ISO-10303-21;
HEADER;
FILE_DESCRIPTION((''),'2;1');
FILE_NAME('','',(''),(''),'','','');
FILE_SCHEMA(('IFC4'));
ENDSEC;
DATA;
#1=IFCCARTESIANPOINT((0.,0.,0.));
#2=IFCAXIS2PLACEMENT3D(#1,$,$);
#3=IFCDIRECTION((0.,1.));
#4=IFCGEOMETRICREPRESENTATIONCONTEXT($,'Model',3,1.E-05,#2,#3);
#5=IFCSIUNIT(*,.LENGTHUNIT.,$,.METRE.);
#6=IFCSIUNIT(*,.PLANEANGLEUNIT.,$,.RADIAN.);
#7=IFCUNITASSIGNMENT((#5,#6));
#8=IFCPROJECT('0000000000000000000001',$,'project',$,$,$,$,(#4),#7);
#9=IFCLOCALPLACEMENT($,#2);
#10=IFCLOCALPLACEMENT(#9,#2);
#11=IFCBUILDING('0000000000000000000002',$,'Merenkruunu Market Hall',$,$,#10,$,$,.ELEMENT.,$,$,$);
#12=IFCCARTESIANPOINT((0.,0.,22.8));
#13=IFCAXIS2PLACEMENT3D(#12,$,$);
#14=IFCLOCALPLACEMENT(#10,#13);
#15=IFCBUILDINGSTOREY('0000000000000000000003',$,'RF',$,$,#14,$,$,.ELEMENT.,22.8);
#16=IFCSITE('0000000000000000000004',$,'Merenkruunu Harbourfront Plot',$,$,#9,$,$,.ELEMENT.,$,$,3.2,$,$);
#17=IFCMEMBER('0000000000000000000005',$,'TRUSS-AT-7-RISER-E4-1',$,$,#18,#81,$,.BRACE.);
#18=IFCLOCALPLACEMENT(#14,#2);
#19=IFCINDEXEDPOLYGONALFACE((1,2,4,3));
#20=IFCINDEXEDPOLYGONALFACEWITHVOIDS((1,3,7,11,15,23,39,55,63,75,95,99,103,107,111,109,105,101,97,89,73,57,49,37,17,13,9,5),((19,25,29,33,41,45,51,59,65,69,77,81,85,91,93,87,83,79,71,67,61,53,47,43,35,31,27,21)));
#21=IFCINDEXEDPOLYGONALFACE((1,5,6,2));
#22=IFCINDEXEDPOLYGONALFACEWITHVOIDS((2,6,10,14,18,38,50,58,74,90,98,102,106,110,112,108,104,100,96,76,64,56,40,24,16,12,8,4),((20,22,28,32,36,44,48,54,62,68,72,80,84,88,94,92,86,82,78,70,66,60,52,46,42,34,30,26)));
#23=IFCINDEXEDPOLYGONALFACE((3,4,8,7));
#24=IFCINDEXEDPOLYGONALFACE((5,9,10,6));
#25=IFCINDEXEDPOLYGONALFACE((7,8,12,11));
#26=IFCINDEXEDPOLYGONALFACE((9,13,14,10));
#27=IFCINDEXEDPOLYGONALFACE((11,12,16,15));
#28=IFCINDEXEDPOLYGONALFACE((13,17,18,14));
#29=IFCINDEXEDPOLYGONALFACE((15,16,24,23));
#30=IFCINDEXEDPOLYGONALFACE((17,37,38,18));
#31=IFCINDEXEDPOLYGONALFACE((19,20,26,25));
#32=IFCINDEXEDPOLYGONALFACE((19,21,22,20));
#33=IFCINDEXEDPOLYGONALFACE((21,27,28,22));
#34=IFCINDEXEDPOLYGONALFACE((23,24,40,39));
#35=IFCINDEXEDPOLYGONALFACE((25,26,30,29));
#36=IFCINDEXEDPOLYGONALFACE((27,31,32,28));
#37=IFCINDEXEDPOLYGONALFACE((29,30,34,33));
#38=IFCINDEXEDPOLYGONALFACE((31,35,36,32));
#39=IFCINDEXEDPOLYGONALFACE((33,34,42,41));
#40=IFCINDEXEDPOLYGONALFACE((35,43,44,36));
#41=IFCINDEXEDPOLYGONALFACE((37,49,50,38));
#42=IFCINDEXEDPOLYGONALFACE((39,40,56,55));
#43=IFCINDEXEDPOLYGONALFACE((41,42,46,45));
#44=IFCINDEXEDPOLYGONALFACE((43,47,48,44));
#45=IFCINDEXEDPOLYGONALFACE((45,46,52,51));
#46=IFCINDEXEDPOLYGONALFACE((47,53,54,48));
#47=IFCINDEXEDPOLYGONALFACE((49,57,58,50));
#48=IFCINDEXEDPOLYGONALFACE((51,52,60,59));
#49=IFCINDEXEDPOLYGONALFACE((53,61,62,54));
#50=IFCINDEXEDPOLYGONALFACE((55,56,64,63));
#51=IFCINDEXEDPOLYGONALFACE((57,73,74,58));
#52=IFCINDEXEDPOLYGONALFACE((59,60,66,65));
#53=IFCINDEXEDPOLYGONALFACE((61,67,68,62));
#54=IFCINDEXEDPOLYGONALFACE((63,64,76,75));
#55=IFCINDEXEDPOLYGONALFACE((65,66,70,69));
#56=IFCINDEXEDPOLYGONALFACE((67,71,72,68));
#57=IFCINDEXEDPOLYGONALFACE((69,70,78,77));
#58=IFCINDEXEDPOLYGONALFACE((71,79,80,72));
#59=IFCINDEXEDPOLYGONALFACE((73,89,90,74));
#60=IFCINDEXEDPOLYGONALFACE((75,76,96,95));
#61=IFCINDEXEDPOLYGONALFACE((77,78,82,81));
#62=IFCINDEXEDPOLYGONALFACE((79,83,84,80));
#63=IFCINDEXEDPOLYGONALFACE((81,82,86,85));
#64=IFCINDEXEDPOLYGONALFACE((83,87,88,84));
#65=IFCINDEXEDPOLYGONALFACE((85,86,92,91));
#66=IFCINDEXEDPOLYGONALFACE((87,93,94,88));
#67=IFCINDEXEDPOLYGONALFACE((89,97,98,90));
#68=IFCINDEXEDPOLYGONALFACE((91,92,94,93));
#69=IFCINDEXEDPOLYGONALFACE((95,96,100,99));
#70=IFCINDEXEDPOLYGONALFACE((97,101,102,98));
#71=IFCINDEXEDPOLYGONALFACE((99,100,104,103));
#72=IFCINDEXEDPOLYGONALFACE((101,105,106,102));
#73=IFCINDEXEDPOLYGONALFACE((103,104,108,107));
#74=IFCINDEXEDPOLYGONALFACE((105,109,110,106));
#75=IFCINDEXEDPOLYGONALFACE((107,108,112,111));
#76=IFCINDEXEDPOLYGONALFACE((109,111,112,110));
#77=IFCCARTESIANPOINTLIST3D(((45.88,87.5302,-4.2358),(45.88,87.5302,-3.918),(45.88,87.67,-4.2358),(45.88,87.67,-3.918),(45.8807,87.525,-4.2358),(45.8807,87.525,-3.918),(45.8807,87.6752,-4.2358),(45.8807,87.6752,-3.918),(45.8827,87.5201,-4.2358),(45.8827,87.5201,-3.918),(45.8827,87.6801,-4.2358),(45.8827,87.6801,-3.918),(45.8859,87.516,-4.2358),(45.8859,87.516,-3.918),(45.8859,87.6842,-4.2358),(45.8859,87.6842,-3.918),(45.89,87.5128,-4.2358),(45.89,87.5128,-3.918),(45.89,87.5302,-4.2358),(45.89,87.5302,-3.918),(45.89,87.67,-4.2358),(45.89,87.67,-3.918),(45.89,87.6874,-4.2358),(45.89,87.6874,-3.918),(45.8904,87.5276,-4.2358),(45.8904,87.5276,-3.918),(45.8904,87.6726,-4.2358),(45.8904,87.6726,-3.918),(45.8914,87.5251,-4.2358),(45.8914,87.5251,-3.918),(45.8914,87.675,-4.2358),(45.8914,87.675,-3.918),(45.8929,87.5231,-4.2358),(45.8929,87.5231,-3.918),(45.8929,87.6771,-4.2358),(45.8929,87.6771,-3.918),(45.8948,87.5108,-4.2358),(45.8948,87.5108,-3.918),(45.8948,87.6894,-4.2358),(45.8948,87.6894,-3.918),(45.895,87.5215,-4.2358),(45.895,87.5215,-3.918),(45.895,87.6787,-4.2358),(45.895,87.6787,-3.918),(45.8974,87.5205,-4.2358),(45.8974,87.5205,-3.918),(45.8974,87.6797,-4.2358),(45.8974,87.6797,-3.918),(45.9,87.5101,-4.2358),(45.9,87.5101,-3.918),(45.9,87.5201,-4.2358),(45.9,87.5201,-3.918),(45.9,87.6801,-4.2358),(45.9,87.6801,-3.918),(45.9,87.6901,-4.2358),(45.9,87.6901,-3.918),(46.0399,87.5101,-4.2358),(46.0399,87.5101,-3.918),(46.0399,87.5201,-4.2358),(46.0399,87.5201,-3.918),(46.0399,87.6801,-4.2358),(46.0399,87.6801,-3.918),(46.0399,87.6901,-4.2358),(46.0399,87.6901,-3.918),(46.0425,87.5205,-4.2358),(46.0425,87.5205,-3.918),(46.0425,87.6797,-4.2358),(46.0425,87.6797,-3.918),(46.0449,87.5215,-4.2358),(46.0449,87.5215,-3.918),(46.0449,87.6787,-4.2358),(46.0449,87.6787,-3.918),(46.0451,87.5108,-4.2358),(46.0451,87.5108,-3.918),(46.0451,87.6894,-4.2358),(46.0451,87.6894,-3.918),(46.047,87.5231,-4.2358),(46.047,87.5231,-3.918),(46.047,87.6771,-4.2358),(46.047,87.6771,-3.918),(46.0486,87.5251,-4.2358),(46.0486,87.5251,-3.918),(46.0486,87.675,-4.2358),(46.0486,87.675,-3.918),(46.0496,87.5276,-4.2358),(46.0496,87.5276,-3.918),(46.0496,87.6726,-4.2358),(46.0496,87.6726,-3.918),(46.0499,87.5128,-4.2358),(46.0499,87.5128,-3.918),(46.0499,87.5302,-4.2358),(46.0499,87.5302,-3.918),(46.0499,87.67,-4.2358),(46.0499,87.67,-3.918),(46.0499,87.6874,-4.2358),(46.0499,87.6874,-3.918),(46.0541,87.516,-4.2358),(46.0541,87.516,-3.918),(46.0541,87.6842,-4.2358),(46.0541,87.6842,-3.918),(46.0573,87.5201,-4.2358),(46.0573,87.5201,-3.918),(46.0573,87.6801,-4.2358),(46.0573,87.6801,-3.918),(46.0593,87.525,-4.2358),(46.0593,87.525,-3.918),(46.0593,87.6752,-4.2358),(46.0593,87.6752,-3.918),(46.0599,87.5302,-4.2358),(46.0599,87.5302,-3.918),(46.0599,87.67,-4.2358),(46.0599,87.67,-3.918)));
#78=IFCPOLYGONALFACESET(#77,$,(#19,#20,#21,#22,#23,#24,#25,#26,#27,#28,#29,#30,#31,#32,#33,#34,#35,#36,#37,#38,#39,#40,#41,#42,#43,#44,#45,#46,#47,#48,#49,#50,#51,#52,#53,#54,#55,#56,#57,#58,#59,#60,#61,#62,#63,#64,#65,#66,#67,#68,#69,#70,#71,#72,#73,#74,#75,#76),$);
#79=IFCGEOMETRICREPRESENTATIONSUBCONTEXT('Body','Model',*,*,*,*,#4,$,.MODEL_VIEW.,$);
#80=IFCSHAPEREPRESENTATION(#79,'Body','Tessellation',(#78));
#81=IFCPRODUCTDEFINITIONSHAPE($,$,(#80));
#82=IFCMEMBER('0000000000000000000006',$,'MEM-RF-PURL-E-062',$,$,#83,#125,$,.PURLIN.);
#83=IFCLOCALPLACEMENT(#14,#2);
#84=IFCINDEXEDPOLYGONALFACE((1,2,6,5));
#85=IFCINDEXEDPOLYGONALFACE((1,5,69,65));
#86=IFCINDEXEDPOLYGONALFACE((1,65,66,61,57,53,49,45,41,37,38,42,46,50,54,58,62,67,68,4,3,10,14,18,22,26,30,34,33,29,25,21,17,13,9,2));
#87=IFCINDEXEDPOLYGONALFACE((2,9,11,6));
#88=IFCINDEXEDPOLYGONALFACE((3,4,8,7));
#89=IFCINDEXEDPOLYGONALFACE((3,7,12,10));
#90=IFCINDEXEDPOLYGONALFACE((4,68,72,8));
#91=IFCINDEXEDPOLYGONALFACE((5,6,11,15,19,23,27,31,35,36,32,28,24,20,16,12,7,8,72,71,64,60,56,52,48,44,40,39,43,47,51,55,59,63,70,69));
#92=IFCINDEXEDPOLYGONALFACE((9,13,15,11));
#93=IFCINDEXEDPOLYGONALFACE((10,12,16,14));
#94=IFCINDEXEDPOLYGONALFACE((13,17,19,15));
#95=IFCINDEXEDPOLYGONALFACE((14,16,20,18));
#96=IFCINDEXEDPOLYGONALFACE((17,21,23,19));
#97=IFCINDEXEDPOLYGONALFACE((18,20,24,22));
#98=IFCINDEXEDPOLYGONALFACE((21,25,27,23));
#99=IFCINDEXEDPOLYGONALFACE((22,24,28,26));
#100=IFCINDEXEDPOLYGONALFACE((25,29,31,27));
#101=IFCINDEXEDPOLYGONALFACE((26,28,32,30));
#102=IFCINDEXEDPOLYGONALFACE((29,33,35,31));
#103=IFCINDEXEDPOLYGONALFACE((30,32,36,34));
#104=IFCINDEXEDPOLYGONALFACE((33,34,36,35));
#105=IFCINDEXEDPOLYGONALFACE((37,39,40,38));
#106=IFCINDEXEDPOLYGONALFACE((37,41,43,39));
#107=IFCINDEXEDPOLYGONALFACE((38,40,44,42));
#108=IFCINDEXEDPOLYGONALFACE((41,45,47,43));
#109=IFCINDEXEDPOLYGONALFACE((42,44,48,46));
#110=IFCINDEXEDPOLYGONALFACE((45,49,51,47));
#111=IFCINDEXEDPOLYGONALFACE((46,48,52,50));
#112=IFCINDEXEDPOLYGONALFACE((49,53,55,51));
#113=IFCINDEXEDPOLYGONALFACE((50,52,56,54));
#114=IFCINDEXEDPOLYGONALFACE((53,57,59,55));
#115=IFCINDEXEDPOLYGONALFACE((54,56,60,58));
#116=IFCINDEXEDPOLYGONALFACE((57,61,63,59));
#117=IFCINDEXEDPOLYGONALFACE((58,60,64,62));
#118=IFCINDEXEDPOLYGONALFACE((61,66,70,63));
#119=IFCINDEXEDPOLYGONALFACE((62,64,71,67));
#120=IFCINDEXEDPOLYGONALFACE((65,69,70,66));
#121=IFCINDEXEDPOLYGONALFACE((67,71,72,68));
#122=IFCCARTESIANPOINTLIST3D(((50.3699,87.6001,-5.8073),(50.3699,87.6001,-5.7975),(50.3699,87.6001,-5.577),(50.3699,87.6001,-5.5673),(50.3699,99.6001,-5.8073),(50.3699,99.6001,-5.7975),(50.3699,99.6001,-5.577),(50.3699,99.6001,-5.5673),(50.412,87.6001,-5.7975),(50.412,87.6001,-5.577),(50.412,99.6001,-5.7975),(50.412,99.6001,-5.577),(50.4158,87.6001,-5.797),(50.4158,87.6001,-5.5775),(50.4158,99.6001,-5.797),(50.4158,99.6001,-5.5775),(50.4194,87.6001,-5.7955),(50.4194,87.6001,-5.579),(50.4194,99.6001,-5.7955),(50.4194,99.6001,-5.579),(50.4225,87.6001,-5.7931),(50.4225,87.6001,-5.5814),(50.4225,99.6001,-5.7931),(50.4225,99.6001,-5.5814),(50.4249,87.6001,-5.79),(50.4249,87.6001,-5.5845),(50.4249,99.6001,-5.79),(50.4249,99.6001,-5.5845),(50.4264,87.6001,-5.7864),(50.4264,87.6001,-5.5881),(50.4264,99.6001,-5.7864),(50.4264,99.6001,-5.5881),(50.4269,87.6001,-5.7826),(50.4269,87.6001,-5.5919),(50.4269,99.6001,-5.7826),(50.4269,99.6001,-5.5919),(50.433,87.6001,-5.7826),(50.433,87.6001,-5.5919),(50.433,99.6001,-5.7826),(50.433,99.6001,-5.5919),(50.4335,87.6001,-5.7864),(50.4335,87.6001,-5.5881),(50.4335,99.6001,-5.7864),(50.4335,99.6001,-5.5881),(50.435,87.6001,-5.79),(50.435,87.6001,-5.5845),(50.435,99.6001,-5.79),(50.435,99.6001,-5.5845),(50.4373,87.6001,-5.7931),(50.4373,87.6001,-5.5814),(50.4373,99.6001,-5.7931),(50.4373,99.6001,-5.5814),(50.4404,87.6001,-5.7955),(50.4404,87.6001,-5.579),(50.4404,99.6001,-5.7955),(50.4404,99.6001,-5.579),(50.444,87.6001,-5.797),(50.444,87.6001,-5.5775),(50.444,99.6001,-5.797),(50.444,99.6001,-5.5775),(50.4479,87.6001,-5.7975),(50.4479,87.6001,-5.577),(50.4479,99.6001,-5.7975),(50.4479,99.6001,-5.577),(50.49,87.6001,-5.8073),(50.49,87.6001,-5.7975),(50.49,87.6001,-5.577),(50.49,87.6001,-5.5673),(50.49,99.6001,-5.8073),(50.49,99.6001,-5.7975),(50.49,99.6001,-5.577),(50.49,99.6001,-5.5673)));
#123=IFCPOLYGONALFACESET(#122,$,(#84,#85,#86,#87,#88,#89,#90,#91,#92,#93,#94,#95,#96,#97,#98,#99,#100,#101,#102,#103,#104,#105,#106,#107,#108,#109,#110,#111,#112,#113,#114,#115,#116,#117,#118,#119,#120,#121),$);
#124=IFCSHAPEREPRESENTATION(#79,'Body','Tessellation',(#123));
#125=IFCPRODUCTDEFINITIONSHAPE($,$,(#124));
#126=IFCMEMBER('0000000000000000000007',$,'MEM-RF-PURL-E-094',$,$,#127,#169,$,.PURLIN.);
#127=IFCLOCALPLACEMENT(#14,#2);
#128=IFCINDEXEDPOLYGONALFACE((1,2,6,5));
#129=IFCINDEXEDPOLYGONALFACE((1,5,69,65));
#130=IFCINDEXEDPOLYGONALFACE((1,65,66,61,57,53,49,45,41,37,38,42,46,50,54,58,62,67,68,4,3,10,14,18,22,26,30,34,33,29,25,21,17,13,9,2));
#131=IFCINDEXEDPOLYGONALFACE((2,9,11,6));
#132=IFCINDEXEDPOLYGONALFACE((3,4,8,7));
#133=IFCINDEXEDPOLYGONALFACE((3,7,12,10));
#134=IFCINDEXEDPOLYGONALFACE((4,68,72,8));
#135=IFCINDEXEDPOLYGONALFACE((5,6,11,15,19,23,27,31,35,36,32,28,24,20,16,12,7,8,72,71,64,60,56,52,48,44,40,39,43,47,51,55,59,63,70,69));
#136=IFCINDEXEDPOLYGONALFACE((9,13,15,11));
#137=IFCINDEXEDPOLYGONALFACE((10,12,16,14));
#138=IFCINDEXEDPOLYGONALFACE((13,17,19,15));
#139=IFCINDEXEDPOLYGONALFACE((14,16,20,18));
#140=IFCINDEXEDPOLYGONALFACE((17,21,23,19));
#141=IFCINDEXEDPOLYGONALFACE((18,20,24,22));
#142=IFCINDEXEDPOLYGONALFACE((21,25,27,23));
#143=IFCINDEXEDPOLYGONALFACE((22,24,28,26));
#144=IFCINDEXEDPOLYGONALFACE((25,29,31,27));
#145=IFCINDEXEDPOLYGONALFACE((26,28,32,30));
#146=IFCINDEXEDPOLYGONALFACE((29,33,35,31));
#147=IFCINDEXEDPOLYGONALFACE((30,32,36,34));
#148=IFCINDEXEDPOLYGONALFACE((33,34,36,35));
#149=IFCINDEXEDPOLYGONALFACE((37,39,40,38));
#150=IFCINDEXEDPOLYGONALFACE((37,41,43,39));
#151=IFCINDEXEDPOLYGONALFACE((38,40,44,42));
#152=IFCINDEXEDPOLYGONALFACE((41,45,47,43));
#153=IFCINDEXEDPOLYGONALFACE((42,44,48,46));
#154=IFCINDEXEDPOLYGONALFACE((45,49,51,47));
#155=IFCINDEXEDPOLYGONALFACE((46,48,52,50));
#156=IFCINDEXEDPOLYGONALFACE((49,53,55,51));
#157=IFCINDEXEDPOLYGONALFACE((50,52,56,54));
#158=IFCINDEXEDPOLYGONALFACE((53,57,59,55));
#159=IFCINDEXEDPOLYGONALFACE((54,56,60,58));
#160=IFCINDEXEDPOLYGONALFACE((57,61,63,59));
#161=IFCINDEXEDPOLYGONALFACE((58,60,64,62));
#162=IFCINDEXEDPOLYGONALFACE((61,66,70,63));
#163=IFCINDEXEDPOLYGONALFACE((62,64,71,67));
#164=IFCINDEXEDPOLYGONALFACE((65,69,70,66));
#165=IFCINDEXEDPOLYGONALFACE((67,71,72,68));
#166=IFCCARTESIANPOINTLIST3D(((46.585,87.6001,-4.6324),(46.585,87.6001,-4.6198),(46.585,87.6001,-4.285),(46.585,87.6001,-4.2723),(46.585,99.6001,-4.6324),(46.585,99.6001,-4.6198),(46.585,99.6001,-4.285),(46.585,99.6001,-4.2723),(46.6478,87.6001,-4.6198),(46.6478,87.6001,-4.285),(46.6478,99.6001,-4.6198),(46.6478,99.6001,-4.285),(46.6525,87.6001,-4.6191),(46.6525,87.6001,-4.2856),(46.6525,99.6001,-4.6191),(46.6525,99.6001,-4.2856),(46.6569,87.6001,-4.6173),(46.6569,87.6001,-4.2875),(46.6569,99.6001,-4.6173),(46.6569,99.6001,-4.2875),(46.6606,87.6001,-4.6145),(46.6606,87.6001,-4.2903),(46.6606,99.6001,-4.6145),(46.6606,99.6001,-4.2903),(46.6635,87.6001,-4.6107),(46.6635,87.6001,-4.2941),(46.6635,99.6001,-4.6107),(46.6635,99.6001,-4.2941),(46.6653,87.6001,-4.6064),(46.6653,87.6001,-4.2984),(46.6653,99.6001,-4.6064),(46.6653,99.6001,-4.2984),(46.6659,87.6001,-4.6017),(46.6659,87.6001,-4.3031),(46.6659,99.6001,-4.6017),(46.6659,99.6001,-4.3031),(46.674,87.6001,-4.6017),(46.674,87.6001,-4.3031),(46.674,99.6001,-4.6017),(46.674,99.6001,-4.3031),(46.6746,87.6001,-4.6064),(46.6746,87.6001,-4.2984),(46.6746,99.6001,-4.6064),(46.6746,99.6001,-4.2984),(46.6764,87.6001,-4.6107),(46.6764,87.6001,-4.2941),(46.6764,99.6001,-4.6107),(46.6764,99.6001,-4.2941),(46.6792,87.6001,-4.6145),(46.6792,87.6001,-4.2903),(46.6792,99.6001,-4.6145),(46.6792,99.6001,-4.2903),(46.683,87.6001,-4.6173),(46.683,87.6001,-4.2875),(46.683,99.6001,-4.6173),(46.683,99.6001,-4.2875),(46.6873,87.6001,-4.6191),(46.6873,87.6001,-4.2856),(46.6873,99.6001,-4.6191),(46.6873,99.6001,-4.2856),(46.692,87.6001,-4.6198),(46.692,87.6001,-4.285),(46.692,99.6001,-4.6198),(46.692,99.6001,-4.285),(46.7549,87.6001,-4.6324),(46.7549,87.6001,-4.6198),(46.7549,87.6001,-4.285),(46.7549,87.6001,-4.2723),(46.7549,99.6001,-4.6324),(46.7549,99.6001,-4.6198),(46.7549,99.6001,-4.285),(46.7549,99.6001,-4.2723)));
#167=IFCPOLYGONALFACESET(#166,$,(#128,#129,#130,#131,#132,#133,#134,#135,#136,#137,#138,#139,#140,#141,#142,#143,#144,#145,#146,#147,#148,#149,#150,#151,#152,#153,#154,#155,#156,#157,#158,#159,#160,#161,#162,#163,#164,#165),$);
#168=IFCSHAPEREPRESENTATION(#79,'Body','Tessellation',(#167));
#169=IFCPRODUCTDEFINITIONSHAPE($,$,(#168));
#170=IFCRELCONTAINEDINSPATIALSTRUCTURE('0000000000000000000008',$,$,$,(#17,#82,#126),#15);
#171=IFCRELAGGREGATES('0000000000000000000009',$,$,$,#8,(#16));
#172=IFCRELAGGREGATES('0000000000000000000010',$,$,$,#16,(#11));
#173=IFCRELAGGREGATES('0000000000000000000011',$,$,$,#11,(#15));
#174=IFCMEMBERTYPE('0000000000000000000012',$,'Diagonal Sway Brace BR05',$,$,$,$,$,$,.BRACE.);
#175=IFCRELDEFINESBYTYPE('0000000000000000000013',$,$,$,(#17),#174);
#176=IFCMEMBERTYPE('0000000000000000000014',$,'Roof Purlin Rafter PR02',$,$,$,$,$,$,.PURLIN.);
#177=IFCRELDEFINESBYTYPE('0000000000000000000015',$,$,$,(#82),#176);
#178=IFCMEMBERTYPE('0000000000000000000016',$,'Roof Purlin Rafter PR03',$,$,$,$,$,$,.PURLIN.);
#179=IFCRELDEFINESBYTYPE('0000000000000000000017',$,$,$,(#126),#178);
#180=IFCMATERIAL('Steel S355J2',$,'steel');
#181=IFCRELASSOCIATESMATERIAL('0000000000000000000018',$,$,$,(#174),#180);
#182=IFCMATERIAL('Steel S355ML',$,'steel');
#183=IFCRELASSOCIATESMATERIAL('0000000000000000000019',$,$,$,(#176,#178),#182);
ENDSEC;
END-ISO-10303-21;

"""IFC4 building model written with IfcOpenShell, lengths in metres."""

from ifc_helpers import new_model, si_unit, direction, frame, origin, origin_2d, place, context, subcontext, project, spatial, hollow_rectangle, i_section, extrude, material, material_profile, profile_set, type_object, element, save


model = new_model("IFC4")

# Units and contexts
model_context = context("Model", 3, precision=1e-05, world=origin(), true_north=direction((0.0, 1.0)))
body_context = subcontext(model_context, "Body", "Model", "MODEL_VIEW")
ifc_project = project(units=[si_unit("LENGTHUNIT", "METRE"), si_unit("PLANEANGLEUNIT", "RADIAN")], contexts=[model_context])

# Site, building, storey
site_placement = place(None, origin())
site = spatial("IfcSite", under=ifc_project, at=site_placement, Name="Merenkruunu Harbourfront Plot", CompositionType="ELEMENT", RefElevation=3.2)
building_placement = place(site_placement, origin())
building = spatial("IfcBuilding", under=site, at=building_placement, Name="Merenkruunu Market Hall", CompositionType="ELEMENT")
storey_placement = place(building_placement, frame((0.0, 0.0, 22.8)))
storey = spatial("IfcBuildingStorey", under=building, at=storey_placement, Name="RF", CompositionType="ELEMENT", Elevation=22.8)

# Shared definitions
ifc_material_1 = material(Name="Steel S355ML", Category="steel")

# Members
ifc_material_2 = material(Name="Steel S355J2", Category="steel")
ifc_material_profile_1 = material_profile(ifc_material_2, hollow_rectangle(XDim=0.1799, YDim=0.1799, WallThickness=0.01, InnerFilletRadius=0.01, OuterFilletRadius=0.02, at=origin_2d()), Name="SHS 180x180x10")
ifc_profile_set_1 = profile_set([ifc_material_profile_1], Name="Steel S355J2")
member_type_1 = type_object("IfcMemberType", Name="Diagonal Sway Brace BR05", PredefinedType="BRACE", material=ifc_profile_set_1)
member_1_placement = place(storey_placement, frame((45.97, 87.6001, -4.2358), z_axis=(0.0, 0.0, 1.0), x_axis=(1.0, 0.0, 0.0)))
element("IfcMember", 1, at=member_1_placement, inside=storey, type_object=member_type_1, Name="TRUSS-AT-7-RISER-E4-1", PredefinedType="BRACE", context=body_context, shape_type="SweptSolid", body=[
    extrude(hollow_rectangle(XDim=0.1799, YDim=0.1799, WallThickness=0.01, InnerFilletRadius=0.01, OuterFilletRadius=0.02, at=origin_2d()), origin(), (0.0, 0.0, 1.0), 0.3179),
])
ifc_material_profile_2 = material_profile(ifc_material_1, i_section(OverallWidth=0.1201, OverallDepth=0.24, WebThickness=0.0061, FlangeThickness=0.0098, FilletRadius=0.0149, at=origin_2d()), Name="IPE 240")
ifc_profile_set_2 = profile_set([ifc_material_profile_2], Name="Steel S355ML")
member_type_2 = type_object("IfcMemberType", Name="Roof Purlin Rafter PR02", PredefinedType="PURLIN", material=ifc_profile_set_2)
member_2_placement = place(storey_placement, frame((50.4299, 87.6001, -5.6873), z_axis=(0.0, 1.0, 0.0), x_axis=(-1.0, 0.0, 0.0)))
element("IfcMember", 2, at=member_2_placement, inside=storey, type_object=member_type_2, Name="MEM-RF-PURL-E-062", PredefinedType="PURLIN", context=body_context, shape_type="SweptSolid", body=[
    extrude(i_section(OverallWidth=0.1201, OverallDepth=0.24, WebThickness=0.0061, FlangeThickness=0.0098, FilletRadius=0.0149, at=origin_2d()), origin(), (0.0, 0.0, 1.0), 12.0),
])
ifc_material_profile_3 = material_profile(ifc_material_1, i_section(OverallWidth=0.1699, OverallDepth=0.3601, WebThickness=0.0081, FlangeThickness=0.0127, FilletRadius=0.0181, at=origin_2d()), Name="IPE 360")
ifc_profile_set_3 = profile_set([ifc_material_profile_3], Name="Steel S355ML")
member_type_3 = type_object("IfcMemberType", Name="Roof Purlin Rafter PR03", PredefinedType="PURLIN", material=ifc_profile_set_3)
member_3_placement = place(storey_placement, frame((46.6699, 87.6001, -4.4524), z_axis=(0.0, 1.0, 0.0), x_axis=(-1.0, 0.0, 0.0)))
element("IfcMember", 3, at=member_3_placement, inside=storey, type_object=member_type_3, Name="MEM-RF-PURL-E-094", PredefinedType="PURLIN", context=body_context, shape_type="SweptSolid", body=[
    extrude(i_section(OverallWidth=0.1699, OverallDepth=0.3601, WebThickness=0.0081, FlangeThickness=0.0127, FilletRadius=0.0181, at=origin_2d()), origin(), (0.0, 0.0, 1.0), 12.0),
])

save(model, "model.ifc")
